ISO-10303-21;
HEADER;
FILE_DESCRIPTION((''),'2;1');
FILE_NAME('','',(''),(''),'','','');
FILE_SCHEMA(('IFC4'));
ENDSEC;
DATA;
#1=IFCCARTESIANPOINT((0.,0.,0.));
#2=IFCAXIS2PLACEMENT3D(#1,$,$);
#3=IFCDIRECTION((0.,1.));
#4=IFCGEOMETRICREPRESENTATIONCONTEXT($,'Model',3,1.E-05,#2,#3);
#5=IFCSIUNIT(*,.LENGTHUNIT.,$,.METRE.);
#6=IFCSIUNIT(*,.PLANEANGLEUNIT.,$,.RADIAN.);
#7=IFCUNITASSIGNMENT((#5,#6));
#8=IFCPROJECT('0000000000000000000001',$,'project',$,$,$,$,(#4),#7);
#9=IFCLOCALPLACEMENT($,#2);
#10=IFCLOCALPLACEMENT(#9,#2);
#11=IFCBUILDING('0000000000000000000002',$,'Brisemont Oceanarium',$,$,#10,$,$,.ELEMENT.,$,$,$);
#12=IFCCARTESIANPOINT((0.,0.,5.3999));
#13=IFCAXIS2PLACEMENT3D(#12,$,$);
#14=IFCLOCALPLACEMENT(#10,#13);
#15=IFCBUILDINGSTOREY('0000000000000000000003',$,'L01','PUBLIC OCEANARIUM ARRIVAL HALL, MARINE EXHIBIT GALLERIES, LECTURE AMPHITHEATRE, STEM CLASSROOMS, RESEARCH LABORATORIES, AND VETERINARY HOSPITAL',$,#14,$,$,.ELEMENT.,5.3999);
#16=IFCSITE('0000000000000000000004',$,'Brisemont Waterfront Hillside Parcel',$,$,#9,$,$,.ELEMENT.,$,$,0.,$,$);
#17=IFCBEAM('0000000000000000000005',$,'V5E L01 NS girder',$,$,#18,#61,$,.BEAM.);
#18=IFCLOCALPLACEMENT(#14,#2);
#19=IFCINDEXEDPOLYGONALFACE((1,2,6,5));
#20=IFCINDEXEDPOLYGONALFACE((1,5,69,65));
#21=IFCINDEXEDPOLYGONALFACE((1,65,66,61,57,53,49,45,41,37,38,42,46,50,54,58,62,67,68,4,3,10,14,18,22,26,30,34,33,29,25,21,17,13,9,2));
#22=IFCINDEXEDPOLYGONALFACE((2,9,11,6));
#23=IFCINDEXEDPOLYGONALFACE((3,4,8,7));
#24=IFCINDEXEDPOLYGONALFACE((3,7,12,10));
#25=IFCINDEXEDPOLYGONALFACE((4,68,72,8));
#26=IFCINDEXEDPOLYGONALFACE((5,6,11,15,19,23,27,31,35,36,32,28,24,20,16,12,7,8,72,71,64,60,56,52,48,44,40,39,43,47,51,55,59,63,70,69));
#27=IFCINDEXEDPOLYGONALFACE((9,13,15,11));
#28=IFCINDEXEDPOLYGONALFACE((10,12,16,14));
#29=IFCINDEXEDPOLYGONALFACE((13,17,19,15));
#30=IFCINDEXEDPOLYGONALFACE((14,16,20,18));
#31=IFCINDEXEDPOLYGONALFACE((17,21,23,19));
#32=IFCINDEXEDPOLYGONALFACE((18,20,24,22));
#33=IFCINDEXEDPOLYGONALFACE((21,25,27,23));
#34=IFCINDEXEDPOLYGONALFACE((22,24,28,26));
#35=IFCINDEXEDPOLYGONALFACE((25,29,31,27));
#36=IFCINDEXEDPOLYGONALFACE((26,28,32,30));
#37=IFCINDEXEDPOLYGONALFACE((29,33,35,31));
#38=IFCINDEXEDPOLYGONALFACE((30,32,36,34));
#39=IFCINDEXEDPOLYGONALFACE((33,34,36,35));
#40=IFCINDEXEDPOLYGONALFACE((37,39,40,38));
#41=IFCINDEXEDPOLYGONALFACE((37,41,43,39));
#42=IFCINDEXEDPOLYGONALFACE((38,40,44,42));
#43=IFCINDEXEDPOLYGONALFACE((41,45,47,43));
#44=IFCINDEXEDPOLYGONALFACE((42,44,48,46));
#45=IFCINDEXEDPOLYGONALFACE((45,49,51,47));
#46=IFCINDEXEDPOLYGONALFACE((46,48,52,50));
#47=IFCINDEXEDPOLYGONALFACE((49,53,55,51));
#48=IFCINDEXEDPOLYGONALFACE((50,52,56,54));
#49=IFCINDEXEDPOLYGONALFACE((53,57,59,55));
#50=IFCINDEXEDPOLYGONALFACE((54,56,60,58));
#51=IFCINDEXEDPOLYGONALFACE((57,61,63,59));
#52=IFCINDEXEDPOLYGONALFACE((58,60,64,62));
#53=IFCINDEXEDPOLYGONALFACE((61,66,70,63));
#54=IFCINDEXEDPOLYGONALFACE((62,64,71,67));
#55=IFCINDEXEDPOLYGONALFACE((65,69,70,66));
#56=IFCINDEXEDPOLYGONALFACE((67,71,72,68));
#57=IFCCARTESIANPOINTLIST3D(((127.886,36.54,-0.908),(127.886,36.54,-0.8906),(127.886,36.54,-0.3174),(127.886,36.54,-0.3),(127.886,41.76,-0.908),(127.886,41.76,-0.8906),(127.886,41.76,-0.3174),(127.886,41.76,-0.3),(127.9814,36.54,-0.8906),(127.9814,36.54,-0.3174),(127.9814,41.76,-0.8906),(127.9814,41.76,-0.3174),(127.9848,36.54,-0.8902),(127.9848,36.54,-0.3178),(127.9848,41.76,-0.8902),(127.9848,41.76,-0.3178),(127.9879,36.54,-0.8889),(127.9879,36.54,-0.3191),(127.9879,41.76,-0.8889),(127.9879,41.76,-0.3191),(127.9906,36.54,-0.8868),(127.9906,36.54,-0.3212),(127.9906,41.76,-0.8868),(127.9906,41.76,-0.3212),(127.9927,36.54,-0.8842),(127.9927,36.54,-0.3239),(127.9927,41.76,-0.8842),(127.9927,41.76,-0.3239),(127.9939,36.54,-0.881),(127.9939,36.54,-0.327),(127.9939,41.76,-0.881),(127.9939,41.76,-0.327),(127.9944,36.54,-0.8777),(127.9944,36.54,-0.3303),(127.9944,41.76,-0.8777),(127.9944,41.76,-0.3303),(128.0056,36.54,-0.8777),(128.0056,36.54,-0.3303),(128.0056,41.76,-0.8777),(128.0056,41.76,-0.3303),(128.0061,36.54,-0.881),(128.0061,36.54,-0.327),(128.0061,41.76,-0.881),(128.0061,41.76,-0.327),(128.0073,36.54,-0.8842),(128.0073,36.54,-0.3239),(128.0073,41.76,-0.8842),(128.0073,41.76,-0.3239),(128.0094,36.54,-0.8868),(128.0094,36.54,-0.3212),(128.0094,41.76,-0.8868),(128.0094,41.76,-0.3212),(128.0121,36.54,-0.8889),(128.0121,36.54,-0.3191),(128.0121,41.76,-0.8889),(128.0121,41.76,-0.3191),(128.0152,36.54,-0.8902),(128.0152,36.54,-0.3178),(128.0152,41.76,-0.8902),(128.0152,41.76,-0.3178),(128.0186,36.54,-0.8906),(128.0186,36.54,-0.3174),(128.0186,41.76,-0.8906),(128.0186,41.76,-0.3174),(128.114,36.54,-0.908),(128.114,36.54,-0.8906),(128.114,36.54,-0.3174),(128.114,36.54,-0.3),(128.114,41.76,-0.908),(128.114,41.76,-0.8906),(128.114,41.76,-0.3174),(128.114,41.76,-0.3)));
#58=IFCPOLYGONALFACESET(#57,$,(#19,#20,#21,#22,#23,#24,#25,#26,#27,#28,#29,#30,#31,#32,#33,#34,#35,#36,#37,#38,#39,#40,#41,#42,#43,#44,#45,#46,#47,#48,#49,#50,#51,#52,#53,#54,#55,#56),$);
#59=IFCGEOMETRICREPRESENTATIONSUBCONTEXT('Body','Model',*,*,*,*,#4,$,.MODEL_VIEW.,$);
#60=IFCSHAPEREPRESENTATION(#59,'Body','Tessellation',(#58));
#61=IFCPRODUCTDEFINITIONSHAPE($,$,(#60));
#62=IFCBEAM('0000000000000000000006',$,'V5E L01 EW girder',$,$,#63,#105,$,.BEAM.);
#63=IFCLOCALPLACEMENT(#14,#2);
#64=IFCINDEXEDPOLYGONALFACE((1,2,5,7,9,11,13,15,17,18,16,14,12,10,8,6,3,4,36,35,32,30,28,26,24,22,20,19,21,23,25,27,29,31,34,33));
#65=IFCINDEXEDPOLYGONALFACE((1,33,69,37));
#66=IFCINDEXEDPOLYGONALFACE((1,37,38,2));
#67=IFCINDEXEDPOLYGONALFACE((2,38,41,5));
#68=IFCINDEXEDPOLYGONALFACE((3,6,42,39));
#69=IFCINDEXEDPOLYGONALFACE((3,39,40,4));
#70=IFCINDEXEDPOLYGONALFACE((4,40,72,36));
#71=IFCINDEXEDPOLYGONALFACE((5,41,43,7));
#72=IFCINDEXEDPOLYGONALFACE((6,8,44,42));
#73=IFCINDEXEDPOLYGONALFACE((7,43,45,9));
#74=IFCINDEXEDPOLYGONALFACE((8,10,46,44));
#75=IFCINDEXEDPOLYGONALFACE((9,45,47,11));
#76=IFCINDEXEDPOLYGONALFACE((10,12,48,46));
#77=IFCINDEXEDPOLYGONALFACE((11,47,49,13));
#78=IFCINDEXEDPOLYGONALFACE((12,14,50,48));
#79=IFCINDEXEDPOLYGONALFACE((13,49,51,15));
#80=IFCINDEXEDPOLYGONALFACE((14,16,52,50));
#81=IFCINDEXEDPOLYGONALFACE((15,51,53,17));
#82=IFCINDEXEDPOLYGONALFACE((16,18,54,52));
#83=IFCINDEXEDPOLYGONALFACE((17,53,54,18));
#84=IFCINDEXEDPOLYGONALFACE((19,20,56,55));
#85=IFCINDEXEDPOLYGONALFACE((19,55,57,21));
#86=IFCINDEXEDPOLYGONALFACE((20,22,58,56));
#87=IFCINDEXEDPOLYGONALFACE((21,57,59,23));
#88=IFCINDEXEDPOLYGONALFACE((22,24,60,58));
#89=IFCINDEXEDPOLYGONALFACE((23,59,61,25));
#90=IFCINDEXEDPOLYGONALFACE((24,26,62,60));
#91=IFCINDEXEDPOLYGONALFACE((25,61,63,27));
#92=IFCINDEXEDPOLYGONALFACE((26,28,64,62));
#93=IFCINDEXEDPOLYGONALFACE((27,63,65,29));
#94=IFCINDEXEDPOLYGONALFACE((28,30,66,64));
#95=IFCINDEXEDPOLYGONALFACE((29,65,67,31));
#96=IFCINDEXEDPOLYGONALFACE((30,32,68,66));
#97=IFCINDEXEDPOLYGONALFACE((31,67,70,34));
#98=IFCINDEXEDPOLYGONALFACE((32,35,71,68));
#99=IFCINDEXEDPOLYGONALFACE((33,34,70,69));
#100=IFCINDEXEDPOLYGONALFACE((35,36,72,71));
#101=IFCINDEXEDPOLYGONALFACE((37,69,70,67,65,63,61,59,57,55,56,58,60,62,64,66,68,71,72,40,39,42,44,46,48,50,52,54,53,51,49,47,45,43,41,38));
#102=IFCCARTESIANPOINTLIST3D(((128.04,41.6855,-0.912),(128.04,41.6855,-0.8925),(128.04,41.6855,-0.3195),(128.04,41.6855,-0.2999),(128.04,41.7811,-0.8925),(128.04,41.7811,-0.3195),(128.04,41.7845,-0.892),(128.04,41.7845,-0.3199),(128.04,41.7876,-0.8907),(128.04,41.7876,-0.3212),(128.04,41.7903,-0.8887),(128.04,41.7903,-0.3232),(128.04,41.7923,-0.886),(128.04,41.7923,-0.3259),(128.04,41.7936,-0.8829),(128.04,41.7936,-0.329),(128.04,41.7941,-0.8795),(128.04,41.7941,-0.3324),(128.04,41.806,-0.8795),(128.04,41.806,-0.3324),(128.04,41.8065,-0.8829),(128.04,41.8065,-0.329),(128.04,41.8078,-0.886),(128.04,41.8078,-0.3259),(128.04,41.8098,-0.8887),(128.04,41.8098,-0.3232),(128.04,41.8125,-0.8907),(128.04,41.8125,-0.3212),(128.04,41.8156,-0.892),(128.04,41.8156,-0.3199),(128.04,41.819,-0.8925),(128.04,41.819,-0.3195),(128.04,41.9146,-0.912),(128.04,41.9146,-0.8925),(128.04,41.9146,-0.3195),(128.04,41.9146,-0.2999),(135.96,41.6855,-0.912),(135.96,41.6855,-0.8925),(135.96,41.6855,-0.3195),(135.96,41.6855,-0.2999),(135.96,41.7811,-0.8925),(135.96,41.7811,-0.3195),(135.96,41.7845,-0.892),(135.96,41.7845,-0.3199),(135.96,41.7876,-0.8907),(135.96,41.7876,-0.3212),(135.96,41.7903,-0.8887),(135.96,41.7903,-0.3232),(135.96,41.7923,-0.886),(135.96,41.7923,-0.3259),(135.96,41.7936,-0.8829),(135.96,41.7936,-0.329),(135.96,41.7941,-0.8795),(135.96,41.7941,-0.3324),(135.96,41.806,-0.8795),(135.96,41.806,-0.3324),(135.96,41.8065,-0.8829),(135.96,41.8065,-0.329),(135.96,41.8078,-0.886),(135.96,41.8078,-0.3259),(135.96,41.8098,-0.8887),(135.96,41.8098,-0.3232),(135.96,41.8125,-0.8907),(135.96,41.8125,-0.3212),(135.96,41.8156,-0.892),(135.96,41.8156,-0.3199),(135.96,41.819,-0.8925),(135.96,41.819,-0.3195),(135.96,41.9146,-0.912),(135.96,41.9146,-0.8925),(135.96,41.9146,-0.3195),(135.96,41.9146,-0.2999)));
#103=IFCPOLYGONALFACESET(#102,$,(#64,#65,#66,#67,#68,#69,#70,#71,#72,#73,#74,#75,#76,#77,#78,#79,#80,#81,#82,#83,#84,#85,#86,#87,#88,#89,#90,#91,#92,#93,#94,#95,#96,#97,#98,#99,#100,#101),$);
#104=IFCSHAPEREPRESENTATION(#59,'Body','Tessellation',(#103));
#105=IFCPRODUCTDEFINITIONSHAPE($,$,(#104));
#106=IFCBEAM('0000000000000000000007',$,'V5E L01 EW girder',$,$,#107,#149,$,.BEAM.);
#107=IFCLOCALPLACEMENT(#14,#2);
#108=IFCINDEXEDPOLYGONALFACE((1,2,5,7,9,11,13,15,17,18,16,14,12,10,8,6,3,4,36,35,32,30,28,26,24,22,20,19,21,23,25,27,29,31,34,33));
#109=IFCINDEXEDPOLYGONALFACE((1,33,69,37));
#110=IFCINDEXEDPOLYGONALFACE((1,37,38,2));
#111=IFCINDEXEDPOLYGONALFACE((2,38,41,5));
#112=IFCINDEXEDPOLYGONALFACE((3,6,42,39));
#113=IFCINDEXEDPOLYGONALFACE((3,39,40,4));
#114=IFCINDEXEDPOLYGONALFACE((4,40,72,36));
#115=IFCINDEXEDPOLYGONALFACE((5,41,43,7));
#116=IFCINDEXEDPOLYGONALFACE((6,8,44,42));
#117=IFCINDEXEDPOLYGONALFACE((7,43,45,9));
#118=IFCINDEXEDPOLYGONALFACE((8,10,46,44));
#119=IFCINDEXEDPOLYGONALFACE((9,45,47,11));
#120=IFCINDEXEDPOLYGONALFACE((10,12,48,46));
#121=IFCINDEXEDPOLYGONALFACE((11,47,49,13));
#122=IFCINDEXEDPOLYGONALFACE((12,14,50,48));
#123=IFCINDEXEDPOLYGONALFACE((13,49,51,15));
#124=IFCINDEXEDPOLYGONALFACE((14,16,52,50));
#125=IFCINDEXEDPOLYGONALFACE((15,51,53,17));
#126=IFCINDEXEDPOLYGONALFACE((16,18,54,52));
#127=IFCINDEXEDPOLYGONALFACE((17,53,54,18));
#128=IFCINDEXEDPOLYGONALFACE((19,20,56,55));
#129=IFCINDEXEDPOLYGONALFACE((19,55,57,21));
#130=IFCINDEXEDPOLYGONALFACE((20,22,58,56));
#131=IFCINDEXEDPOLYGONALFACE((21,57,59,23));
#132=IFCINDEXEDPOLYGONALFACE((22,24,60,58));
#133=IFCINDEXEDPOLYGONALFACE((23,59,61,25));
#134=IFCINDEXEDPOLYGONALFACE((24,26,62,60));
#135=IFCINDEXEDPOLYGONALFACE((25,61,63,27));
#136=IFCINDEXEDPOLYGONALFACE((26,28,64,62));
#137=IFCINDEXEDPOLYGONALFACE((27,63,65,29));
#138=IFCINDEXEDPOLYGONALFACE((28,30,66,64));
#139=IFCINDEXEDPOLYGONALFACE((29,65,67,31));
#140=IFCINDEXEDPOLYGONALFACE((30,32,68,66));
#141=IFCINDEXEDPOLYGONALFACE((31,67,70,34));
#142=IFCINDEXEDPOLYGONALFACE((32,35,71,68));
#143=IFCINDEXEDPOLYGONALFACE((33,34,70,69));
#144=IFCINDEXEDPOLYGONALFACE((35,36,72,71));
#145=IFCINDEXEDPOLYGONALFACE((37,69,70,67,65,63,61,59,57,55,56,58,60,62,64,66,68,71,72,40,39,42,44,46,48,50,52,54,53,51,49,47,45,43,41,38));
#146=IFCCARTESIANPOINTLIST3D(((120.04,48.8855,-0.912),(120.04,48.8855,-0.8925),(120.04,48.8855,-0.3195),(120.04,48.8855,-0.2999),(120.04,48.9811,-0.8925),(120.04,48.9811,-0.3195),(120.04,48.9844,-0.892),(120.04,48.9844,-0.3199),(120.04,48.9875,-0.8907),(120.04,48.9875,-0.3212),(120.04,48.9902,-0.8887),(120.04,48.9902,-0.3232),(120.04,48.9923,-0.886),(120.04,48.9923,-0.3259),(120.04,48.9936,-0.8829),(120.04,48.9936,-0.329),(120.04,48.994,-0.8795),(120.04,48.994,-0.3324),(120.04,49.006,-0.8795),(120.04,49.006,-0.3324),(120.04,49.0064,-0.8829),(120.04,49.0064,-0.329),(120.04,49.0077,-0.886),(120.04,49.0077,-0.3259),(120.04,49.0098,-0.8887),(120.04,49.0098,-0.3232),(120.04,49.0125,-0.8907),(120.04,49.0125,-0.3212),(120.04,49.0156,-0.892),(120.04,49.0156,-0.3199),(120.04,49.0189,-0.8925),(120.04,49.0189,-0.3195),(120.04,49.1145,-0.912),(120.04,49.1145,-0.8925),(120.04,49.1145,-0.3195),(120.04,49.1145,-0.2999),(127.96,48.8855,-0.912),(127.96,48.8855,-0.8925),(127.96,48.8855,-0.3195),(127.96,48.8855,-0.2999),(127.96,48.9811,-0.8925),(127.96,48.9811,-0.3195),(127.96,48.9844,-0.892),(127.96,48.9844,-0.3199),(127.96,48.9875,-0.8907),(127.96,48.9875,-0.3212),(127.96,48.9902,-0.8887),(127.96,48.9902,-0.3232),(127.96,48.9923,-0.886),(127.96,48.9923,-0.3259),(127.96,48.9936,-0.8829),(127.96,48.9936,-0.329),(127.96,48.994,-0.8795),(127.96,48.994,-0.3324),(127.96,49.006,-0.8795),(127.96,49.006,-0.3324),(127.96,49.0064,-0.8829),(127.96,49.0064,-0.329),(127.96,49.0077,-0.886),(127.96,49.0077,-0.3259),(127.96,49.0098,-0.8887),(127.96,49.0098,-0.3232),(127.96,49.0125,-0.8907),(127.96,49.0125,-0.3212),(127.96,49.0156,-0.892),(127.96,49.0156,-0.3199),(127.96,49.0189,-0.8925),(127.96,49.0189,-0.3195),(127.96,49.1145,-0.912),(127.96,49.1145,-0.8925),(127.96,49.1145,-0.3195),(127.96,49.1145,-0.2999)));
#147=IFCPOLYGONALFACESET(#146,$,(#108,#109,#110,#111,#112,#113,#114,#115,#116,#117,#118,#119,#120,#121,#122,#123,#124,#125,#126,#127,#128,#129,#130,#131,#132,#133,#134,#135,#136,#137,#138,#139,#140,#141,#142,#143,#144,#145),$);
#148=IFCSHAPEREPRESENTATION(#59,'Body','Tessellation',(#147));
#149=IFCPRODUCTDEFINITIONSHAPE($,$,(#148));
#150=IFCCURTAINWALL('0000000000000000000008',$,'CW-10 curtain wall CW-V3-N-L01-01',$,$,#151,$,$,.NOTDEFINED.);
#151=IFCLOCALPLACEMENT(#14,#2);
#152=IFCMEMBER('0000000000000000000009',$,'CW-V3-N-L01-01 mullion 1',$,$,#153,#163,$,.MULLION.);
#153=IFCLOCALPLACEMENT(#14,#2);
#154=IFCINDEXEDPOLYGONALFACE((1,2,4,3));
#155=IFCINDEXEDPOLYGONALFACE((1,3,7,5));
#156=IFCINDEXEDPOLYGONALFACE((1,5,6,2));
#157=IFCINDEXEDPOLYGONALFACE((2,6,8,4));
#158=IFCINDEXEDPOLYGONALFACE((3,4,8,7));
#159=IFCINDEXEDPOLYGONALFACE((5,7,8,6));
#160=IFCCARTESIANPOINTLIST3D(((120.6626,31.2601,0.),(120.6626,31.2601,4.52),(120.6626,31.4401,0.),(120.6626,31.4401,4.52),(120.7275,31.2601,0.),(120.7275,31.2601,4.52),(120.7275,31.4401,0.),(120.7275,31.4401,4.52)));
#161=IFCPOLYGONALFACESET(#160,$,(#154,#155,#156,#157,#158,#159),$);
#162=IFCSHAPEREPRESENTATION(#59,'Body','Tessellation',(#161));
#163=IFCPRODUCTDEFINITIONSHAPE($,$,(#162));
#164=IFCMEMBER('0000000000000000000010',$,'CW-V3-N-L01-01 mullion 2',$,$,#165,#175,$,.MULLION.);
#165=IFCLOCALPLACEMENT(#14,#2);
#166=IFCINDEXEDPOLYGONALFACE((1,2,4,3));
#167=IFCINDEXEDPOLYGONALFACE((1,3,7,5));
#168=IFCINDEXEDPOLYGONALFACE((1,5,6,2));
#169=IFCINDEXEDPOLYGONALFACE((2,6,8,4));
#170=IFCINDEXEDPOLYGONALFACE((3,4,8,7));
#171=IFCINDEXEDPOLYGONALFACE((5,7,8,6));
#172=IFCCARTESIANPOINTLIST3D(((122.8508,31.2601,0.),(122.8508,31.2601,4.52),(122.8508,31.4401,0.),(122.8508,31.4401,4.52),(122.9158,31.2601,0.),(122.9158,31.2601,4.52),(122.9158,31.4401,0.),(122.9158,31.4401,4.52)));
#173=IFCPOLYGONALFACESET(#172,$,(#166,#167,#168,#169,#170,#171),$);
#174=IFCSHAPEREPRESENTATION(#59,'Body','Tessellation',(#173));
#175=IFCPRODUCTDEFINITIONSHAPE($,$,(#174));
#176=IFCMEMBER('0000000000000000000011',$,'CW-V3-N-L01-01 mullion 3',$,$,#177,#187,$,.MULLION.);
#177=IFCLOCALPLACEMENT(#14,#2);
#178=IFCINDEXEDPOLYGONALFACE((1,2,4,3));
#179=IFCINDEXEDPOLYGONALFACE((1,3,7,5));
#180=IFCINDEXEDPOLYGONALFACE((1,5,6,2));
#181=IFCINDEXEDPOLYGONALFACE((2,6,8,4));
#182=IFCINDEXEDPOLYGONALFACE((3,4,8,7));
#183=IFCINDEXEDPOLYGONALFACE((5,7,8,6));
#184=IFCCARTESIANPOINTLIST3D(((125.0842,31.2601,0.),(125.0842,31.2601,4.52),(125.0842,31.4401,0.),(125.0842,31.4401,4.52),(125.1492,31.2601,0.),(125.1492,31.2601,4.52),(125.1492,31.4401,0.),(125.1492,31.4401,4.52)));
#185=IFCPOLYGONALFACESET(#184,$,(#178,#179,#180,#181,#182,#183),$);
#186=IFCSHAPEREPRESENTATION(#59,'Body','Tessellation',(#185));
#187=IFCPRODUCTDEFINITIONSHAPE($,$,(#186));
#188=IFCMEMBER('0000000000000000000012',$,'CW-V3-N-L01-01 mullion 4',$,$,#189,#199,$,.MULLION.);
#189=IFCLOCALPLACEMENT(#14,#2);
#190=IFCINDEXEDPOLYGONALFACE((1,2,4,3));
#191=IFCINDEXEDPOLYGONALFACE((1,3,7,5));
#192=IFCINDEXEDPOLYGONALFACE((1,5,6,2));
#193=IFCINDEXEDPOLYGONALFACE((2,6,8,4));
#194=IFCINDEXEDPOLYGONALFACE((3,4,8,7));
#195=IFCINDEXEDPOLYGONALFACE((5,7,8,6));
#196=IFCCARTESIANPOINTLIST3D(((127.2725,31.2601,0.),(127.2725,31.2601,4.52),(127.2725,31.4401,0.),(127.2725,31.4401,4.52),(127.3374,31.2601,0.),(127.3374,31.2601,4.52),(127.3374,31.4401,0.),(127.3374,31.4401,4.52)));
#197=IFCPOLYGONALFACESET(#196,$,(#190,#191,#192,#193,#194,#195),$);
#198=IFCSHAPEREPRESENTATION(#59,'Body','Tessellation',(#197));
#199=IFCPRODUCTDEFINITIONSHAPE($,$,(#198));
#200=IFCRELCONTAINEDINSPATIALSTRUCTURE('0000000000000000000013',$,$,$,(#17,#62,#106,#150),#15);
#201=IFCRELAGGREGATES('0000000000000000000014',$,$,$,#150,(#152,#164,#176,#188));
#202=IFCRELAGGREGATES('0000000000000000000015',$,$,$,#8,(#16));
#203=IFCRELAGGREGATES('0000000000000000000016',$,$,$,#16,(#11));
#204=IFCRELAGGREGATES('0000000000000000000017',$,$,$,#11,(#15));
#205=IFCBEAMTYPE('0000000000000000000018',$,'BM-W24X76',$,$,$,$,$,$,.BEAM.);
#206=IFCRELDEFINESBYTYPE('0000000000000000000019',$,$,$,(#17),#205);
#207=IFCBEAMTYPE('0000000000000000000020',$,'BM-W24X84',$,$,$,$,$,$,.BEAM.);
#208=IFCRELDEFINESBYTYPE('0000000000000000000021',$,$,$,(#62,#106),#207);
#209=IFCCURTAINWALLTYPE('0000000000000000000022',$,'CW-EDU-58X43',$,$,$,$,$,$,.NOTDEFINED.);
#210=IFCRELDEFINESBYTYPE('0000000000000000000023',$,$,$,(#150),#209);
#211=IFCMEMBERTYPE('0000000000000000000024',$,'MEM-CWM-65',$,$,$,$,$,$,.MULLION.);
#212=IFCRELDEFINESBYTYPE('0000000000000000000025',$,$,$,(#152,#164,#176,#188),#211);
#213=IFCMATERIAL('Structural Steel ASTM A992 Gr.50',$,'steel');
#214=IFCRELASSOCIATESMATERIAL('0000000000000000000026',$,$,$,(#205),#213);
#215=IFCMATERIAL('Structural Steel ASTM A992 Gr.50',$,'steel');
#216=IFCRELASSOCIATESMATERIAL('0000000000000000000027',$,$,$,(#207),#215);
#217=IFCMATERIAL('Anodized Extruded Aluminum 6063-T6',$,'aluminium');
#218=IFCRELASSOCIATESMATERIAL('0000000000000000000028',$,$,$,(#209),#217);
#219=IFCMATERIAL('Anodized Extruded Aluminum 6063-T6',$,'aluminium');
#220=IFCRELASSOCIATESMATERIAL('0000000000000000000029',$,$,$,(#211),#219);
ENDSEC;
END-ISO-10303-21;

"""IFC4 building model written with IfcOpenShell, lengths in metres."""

from ifc_helpers import new_model, si_unit, direction, frame, origin, origin_2d, place, context, subcontext, project, spatial, rectangle, i_section, extrude, material, material_profile, profile_set, type_object, element, aggregate, save


model = new_model("IFC4")

# Units and contexts
model_context = context("Model", 3, precision=1e-05, world=origin(), true_north=direction((0.0, 1.0)))
body_context = subcontext(model_context, "Body", "Model", "MODEL_VIEW")
ifc_project = project(units=[si_unit("LENGTHUNIT", "METRE"), si_unit("PLANEANGLEUNIT", "RADIAN")], contexts=[model_context])

# Site, building, storey
site_placement = place(None, origin())
site = spatial("IfcSite", under=ifc_project, at=site_placement, Name="Brisemont Waterfront Hillside Parcel", CompositionType="ELEMENT", RefElevation=0.0)
building_placement = place(site_placement, origin())
building = spatial("IfcBuilding", under=site, at=building_placement, Name="Brisemont Oceanarium", CompositionType="ELEMENT")
storey_placement = place(building_placement, frame((0.0, 0.0, 5.3999)))
storey = spatial("IfcBuildingStorey", under=building, at=storey_placement, Name="L01", Description="PUBLIC OCEANARIUM ARRIVAL HALL, MARINE EXHIBIT GALLERIES, LECTURE AMPHITHEATRE, STEM CLASSROOMS, RESEARCH LABORATORIES, AND VETERINARY HOSPITAL", CompositionType="ELEMENT", Elevation=5.3999)

# Beams
ifc_material_1 = material(Name="Structural Steel ASTM A992 Gr.50", Category="steel")
ifc_material_profile_1 = material_profile(ifc_material_1, i_section(OverallWidth=0.228, OverallDepth=0.6079, WebThickness=0.0112, FlangeThickness=0.0173, FilletRadius=0.0129, at=origin_2d()), Name="W24X76")
ifc_profile_set_1 = profile_set([ifc_material_profile_1], Name="Structural Steel ASTM A992 Gr.50")
beam_type_1 = type_object("IfcBeamType", Name="BM-W24X76", PredefinedType="BEAM", material=ifc_profile_set_1)
beam_1_placement = place(storey_placement, frame((128.0, 36.54, -0.604), z_axis=(0.0, 1.0, 0.0), x_axis=(-1.0, 0.0, 0.0)))
element("IfcBeam", 1, at=beam_1_placement, inside=storey, type_object=beam_type_1, Name="V5E L01 NS girder", PredefinedType="BEAM", context=body_context, shape_type="SweptSolid", body=[
    extrude(i_section(OverallWidth=0.228, OverallDepth=0.6079, WebThickness=0.0112, FlangeThickness=0.0173, FilletRadius=0.0129, at=origin_2d()), origin(), (0.0, 0.0, 1.0), 5.22),
])
ifc_material_2 = material(Name="Structural Steel ASTM A992 Gr.50", Category="steel")
ifc_material_profile_2 = material_profile(ifc_material_2, i_section(OverallWidth=0.229, OverallDepth=0.6121, WebThickness=0.012, FlangeThickness=0.0195, FilletRadius=0.0129, at=origin_2d()), Name="W24X84")
ifc_profile_set_2 = profile_set([ifc_material_profile_2], Name="Structural Steel ASTM A992 Gr.50")
beam_type_2 = type_object("IfcBeamType", Name="BM-W24X84", PredefinedType="BEAM", material=ifc_profile_set_2)
for number, where, z_axis, x_axis, name in (
    (2, (128.04, 41.8, -0.606), (1.0, 0.0, 0.0), (0.0, 1.0, 0.0), "V5E L01 EW girder"),
    (3, (120.04, 49.0, -0.606), (1.0, 0.0, 0.0), (0.0, 1.0, 0.0), "V5E L01 EW girder"),
):
    element("IfcBeam", number, at=place(storey_placement, frame(where, z_axis=z_axis, x_axis=x_axis)), inside=storey, type_object=beam_type_2, Name=name, PredefinedType="BEAM", context=body_context, shape_type="SweptSolid", body=[
        extrude(i_section(OverallWidth=0.229, OverallDepth=0.6121, WebThickness=0.012, FlangeThickness=0.0195, FilletRadius=0.0129, at=origin_2d()), origin(), (0.0, 0.0, 1.0), 7.9199),
    ])

# Curtain wall, members
ifc_material_3 = material(Name="Anodized Extruded Aluminum 6063-T6", Category="aluminium")
curtain_wall_type = type_object("IfcCurtainWallType", Name="CW-EDU-58X43", PredefinedType="NOTDEFINED", material=ifc_material_3)
curtain_wall_1_placement = place(storey_placement, origin())
curtain_wall_1 = element("IfcCurtainWall", 4, at=curtain_wall_1_placement, inside=storey, type_object=curtain_wall_type, Name="CW-10 curtain wall CW-V3-N-L01-01", PredefinedType="NOTDEFINED")
ifc_material_4 = material(Name="Anodized Extruded Aluminum 6063-T6", Category="aluminium")
ifc_material_profile_3 = material_profile(ifc_material_4, rectangle(XDim=0.0649, YDim=0.1799, at=origin_2d()), Name="CWM-65X180")
ifc_profile_set_3 = profile_set([ifc_material_profile_3], Name="Anodized Extruded Aluminum 6063-T6")
member_type_1 = type_object("IfcMemberType", Name="MEM-CWM-65", PredefinedType="MULLION", material=ifc_profile_set_3)
member_1_placement = place(storey_placement, frame((120.6951, 31.3501, 0.0), z_axis=(0.0, 0.0, 1.0), x_axis=(1.0, 0.0, 0.0)))
member_1 = element("IfcMember", 5, at=member_1_placement, type_object=member_type_1, Name="CW-V3-N-L01-01 mullion 1", PredefinedType="MULLION", context=body_context, shape_type="SweptSolid", body=[
    extrude(rectangle(XDim=0.0649, YDim=0.1799, at=origin_2d()), origin(), (0.0, 0.0, 1.0), 4.52),
])
member_2_placement = place(storey_placement, frame((122.8833, 31.3501, 0.0), z_axis=(0.0, 0.0, 1.0), x_axis=(1.0, 0.0, 0.0)))
member_2 = element("IfcMember", 6, at=member_2_placement, type_object=member_type_1, Name="CW-V3-N-L01-01 mullion 2", PredefinedType="MULLION", context=body_context, shape_type="SweptSolid", body=[
    extrude(rectangle(XDim=0.0649, YDim=0.1799, at=origin_2d()), origin(), (0.0, 0.0, 1.0), 4.52),
])
member_3_placement = place(storey_placement, frame((125.1167, 31.3501, 0.0), z_axis=(0.0, 0.0, 1.0), x_axis=(1.0, 0.0, 0.0)))
member_3 = element("IfcMember", 7, at=member_3_placement, type_object=member_type_1, Name="CW-V3-N-L01-01 mullion 3", PredefinedType="MULLION", context=body_context, shape_type="SweptSolid", body=[
    extrude(rectangle(XDim=0.0649, YDim=0.1799, at=origin_2d()), origin(), (0.0, 0.0, 1.0), 4.52),
])
member_4_placement = place(storey_placement, frame((127.3049, 31.3501, 0.0), z_axis=(0.0, 0.0, 1.0), x_axis=(1.0, 0.0, 0.0)))
member_4 = element("IfcMember", 8, at=member_4_placement, type_object=member_type_1, Name="CW-V3-N-L01-01 mullion 4", PredefinedType="MULLION", context=body_context, shape_type="SweptSolid", body=[
    extrude(rectangle(XDim=0.0649, YDim=0.1799, at=origin_2d()), origin(), (0.0, 0.0, 1.0), 4.52),
])

aggregate(curtain_wall_1, [member_1, member_2, member_3, member_4])

save(model, "model.ifc")
